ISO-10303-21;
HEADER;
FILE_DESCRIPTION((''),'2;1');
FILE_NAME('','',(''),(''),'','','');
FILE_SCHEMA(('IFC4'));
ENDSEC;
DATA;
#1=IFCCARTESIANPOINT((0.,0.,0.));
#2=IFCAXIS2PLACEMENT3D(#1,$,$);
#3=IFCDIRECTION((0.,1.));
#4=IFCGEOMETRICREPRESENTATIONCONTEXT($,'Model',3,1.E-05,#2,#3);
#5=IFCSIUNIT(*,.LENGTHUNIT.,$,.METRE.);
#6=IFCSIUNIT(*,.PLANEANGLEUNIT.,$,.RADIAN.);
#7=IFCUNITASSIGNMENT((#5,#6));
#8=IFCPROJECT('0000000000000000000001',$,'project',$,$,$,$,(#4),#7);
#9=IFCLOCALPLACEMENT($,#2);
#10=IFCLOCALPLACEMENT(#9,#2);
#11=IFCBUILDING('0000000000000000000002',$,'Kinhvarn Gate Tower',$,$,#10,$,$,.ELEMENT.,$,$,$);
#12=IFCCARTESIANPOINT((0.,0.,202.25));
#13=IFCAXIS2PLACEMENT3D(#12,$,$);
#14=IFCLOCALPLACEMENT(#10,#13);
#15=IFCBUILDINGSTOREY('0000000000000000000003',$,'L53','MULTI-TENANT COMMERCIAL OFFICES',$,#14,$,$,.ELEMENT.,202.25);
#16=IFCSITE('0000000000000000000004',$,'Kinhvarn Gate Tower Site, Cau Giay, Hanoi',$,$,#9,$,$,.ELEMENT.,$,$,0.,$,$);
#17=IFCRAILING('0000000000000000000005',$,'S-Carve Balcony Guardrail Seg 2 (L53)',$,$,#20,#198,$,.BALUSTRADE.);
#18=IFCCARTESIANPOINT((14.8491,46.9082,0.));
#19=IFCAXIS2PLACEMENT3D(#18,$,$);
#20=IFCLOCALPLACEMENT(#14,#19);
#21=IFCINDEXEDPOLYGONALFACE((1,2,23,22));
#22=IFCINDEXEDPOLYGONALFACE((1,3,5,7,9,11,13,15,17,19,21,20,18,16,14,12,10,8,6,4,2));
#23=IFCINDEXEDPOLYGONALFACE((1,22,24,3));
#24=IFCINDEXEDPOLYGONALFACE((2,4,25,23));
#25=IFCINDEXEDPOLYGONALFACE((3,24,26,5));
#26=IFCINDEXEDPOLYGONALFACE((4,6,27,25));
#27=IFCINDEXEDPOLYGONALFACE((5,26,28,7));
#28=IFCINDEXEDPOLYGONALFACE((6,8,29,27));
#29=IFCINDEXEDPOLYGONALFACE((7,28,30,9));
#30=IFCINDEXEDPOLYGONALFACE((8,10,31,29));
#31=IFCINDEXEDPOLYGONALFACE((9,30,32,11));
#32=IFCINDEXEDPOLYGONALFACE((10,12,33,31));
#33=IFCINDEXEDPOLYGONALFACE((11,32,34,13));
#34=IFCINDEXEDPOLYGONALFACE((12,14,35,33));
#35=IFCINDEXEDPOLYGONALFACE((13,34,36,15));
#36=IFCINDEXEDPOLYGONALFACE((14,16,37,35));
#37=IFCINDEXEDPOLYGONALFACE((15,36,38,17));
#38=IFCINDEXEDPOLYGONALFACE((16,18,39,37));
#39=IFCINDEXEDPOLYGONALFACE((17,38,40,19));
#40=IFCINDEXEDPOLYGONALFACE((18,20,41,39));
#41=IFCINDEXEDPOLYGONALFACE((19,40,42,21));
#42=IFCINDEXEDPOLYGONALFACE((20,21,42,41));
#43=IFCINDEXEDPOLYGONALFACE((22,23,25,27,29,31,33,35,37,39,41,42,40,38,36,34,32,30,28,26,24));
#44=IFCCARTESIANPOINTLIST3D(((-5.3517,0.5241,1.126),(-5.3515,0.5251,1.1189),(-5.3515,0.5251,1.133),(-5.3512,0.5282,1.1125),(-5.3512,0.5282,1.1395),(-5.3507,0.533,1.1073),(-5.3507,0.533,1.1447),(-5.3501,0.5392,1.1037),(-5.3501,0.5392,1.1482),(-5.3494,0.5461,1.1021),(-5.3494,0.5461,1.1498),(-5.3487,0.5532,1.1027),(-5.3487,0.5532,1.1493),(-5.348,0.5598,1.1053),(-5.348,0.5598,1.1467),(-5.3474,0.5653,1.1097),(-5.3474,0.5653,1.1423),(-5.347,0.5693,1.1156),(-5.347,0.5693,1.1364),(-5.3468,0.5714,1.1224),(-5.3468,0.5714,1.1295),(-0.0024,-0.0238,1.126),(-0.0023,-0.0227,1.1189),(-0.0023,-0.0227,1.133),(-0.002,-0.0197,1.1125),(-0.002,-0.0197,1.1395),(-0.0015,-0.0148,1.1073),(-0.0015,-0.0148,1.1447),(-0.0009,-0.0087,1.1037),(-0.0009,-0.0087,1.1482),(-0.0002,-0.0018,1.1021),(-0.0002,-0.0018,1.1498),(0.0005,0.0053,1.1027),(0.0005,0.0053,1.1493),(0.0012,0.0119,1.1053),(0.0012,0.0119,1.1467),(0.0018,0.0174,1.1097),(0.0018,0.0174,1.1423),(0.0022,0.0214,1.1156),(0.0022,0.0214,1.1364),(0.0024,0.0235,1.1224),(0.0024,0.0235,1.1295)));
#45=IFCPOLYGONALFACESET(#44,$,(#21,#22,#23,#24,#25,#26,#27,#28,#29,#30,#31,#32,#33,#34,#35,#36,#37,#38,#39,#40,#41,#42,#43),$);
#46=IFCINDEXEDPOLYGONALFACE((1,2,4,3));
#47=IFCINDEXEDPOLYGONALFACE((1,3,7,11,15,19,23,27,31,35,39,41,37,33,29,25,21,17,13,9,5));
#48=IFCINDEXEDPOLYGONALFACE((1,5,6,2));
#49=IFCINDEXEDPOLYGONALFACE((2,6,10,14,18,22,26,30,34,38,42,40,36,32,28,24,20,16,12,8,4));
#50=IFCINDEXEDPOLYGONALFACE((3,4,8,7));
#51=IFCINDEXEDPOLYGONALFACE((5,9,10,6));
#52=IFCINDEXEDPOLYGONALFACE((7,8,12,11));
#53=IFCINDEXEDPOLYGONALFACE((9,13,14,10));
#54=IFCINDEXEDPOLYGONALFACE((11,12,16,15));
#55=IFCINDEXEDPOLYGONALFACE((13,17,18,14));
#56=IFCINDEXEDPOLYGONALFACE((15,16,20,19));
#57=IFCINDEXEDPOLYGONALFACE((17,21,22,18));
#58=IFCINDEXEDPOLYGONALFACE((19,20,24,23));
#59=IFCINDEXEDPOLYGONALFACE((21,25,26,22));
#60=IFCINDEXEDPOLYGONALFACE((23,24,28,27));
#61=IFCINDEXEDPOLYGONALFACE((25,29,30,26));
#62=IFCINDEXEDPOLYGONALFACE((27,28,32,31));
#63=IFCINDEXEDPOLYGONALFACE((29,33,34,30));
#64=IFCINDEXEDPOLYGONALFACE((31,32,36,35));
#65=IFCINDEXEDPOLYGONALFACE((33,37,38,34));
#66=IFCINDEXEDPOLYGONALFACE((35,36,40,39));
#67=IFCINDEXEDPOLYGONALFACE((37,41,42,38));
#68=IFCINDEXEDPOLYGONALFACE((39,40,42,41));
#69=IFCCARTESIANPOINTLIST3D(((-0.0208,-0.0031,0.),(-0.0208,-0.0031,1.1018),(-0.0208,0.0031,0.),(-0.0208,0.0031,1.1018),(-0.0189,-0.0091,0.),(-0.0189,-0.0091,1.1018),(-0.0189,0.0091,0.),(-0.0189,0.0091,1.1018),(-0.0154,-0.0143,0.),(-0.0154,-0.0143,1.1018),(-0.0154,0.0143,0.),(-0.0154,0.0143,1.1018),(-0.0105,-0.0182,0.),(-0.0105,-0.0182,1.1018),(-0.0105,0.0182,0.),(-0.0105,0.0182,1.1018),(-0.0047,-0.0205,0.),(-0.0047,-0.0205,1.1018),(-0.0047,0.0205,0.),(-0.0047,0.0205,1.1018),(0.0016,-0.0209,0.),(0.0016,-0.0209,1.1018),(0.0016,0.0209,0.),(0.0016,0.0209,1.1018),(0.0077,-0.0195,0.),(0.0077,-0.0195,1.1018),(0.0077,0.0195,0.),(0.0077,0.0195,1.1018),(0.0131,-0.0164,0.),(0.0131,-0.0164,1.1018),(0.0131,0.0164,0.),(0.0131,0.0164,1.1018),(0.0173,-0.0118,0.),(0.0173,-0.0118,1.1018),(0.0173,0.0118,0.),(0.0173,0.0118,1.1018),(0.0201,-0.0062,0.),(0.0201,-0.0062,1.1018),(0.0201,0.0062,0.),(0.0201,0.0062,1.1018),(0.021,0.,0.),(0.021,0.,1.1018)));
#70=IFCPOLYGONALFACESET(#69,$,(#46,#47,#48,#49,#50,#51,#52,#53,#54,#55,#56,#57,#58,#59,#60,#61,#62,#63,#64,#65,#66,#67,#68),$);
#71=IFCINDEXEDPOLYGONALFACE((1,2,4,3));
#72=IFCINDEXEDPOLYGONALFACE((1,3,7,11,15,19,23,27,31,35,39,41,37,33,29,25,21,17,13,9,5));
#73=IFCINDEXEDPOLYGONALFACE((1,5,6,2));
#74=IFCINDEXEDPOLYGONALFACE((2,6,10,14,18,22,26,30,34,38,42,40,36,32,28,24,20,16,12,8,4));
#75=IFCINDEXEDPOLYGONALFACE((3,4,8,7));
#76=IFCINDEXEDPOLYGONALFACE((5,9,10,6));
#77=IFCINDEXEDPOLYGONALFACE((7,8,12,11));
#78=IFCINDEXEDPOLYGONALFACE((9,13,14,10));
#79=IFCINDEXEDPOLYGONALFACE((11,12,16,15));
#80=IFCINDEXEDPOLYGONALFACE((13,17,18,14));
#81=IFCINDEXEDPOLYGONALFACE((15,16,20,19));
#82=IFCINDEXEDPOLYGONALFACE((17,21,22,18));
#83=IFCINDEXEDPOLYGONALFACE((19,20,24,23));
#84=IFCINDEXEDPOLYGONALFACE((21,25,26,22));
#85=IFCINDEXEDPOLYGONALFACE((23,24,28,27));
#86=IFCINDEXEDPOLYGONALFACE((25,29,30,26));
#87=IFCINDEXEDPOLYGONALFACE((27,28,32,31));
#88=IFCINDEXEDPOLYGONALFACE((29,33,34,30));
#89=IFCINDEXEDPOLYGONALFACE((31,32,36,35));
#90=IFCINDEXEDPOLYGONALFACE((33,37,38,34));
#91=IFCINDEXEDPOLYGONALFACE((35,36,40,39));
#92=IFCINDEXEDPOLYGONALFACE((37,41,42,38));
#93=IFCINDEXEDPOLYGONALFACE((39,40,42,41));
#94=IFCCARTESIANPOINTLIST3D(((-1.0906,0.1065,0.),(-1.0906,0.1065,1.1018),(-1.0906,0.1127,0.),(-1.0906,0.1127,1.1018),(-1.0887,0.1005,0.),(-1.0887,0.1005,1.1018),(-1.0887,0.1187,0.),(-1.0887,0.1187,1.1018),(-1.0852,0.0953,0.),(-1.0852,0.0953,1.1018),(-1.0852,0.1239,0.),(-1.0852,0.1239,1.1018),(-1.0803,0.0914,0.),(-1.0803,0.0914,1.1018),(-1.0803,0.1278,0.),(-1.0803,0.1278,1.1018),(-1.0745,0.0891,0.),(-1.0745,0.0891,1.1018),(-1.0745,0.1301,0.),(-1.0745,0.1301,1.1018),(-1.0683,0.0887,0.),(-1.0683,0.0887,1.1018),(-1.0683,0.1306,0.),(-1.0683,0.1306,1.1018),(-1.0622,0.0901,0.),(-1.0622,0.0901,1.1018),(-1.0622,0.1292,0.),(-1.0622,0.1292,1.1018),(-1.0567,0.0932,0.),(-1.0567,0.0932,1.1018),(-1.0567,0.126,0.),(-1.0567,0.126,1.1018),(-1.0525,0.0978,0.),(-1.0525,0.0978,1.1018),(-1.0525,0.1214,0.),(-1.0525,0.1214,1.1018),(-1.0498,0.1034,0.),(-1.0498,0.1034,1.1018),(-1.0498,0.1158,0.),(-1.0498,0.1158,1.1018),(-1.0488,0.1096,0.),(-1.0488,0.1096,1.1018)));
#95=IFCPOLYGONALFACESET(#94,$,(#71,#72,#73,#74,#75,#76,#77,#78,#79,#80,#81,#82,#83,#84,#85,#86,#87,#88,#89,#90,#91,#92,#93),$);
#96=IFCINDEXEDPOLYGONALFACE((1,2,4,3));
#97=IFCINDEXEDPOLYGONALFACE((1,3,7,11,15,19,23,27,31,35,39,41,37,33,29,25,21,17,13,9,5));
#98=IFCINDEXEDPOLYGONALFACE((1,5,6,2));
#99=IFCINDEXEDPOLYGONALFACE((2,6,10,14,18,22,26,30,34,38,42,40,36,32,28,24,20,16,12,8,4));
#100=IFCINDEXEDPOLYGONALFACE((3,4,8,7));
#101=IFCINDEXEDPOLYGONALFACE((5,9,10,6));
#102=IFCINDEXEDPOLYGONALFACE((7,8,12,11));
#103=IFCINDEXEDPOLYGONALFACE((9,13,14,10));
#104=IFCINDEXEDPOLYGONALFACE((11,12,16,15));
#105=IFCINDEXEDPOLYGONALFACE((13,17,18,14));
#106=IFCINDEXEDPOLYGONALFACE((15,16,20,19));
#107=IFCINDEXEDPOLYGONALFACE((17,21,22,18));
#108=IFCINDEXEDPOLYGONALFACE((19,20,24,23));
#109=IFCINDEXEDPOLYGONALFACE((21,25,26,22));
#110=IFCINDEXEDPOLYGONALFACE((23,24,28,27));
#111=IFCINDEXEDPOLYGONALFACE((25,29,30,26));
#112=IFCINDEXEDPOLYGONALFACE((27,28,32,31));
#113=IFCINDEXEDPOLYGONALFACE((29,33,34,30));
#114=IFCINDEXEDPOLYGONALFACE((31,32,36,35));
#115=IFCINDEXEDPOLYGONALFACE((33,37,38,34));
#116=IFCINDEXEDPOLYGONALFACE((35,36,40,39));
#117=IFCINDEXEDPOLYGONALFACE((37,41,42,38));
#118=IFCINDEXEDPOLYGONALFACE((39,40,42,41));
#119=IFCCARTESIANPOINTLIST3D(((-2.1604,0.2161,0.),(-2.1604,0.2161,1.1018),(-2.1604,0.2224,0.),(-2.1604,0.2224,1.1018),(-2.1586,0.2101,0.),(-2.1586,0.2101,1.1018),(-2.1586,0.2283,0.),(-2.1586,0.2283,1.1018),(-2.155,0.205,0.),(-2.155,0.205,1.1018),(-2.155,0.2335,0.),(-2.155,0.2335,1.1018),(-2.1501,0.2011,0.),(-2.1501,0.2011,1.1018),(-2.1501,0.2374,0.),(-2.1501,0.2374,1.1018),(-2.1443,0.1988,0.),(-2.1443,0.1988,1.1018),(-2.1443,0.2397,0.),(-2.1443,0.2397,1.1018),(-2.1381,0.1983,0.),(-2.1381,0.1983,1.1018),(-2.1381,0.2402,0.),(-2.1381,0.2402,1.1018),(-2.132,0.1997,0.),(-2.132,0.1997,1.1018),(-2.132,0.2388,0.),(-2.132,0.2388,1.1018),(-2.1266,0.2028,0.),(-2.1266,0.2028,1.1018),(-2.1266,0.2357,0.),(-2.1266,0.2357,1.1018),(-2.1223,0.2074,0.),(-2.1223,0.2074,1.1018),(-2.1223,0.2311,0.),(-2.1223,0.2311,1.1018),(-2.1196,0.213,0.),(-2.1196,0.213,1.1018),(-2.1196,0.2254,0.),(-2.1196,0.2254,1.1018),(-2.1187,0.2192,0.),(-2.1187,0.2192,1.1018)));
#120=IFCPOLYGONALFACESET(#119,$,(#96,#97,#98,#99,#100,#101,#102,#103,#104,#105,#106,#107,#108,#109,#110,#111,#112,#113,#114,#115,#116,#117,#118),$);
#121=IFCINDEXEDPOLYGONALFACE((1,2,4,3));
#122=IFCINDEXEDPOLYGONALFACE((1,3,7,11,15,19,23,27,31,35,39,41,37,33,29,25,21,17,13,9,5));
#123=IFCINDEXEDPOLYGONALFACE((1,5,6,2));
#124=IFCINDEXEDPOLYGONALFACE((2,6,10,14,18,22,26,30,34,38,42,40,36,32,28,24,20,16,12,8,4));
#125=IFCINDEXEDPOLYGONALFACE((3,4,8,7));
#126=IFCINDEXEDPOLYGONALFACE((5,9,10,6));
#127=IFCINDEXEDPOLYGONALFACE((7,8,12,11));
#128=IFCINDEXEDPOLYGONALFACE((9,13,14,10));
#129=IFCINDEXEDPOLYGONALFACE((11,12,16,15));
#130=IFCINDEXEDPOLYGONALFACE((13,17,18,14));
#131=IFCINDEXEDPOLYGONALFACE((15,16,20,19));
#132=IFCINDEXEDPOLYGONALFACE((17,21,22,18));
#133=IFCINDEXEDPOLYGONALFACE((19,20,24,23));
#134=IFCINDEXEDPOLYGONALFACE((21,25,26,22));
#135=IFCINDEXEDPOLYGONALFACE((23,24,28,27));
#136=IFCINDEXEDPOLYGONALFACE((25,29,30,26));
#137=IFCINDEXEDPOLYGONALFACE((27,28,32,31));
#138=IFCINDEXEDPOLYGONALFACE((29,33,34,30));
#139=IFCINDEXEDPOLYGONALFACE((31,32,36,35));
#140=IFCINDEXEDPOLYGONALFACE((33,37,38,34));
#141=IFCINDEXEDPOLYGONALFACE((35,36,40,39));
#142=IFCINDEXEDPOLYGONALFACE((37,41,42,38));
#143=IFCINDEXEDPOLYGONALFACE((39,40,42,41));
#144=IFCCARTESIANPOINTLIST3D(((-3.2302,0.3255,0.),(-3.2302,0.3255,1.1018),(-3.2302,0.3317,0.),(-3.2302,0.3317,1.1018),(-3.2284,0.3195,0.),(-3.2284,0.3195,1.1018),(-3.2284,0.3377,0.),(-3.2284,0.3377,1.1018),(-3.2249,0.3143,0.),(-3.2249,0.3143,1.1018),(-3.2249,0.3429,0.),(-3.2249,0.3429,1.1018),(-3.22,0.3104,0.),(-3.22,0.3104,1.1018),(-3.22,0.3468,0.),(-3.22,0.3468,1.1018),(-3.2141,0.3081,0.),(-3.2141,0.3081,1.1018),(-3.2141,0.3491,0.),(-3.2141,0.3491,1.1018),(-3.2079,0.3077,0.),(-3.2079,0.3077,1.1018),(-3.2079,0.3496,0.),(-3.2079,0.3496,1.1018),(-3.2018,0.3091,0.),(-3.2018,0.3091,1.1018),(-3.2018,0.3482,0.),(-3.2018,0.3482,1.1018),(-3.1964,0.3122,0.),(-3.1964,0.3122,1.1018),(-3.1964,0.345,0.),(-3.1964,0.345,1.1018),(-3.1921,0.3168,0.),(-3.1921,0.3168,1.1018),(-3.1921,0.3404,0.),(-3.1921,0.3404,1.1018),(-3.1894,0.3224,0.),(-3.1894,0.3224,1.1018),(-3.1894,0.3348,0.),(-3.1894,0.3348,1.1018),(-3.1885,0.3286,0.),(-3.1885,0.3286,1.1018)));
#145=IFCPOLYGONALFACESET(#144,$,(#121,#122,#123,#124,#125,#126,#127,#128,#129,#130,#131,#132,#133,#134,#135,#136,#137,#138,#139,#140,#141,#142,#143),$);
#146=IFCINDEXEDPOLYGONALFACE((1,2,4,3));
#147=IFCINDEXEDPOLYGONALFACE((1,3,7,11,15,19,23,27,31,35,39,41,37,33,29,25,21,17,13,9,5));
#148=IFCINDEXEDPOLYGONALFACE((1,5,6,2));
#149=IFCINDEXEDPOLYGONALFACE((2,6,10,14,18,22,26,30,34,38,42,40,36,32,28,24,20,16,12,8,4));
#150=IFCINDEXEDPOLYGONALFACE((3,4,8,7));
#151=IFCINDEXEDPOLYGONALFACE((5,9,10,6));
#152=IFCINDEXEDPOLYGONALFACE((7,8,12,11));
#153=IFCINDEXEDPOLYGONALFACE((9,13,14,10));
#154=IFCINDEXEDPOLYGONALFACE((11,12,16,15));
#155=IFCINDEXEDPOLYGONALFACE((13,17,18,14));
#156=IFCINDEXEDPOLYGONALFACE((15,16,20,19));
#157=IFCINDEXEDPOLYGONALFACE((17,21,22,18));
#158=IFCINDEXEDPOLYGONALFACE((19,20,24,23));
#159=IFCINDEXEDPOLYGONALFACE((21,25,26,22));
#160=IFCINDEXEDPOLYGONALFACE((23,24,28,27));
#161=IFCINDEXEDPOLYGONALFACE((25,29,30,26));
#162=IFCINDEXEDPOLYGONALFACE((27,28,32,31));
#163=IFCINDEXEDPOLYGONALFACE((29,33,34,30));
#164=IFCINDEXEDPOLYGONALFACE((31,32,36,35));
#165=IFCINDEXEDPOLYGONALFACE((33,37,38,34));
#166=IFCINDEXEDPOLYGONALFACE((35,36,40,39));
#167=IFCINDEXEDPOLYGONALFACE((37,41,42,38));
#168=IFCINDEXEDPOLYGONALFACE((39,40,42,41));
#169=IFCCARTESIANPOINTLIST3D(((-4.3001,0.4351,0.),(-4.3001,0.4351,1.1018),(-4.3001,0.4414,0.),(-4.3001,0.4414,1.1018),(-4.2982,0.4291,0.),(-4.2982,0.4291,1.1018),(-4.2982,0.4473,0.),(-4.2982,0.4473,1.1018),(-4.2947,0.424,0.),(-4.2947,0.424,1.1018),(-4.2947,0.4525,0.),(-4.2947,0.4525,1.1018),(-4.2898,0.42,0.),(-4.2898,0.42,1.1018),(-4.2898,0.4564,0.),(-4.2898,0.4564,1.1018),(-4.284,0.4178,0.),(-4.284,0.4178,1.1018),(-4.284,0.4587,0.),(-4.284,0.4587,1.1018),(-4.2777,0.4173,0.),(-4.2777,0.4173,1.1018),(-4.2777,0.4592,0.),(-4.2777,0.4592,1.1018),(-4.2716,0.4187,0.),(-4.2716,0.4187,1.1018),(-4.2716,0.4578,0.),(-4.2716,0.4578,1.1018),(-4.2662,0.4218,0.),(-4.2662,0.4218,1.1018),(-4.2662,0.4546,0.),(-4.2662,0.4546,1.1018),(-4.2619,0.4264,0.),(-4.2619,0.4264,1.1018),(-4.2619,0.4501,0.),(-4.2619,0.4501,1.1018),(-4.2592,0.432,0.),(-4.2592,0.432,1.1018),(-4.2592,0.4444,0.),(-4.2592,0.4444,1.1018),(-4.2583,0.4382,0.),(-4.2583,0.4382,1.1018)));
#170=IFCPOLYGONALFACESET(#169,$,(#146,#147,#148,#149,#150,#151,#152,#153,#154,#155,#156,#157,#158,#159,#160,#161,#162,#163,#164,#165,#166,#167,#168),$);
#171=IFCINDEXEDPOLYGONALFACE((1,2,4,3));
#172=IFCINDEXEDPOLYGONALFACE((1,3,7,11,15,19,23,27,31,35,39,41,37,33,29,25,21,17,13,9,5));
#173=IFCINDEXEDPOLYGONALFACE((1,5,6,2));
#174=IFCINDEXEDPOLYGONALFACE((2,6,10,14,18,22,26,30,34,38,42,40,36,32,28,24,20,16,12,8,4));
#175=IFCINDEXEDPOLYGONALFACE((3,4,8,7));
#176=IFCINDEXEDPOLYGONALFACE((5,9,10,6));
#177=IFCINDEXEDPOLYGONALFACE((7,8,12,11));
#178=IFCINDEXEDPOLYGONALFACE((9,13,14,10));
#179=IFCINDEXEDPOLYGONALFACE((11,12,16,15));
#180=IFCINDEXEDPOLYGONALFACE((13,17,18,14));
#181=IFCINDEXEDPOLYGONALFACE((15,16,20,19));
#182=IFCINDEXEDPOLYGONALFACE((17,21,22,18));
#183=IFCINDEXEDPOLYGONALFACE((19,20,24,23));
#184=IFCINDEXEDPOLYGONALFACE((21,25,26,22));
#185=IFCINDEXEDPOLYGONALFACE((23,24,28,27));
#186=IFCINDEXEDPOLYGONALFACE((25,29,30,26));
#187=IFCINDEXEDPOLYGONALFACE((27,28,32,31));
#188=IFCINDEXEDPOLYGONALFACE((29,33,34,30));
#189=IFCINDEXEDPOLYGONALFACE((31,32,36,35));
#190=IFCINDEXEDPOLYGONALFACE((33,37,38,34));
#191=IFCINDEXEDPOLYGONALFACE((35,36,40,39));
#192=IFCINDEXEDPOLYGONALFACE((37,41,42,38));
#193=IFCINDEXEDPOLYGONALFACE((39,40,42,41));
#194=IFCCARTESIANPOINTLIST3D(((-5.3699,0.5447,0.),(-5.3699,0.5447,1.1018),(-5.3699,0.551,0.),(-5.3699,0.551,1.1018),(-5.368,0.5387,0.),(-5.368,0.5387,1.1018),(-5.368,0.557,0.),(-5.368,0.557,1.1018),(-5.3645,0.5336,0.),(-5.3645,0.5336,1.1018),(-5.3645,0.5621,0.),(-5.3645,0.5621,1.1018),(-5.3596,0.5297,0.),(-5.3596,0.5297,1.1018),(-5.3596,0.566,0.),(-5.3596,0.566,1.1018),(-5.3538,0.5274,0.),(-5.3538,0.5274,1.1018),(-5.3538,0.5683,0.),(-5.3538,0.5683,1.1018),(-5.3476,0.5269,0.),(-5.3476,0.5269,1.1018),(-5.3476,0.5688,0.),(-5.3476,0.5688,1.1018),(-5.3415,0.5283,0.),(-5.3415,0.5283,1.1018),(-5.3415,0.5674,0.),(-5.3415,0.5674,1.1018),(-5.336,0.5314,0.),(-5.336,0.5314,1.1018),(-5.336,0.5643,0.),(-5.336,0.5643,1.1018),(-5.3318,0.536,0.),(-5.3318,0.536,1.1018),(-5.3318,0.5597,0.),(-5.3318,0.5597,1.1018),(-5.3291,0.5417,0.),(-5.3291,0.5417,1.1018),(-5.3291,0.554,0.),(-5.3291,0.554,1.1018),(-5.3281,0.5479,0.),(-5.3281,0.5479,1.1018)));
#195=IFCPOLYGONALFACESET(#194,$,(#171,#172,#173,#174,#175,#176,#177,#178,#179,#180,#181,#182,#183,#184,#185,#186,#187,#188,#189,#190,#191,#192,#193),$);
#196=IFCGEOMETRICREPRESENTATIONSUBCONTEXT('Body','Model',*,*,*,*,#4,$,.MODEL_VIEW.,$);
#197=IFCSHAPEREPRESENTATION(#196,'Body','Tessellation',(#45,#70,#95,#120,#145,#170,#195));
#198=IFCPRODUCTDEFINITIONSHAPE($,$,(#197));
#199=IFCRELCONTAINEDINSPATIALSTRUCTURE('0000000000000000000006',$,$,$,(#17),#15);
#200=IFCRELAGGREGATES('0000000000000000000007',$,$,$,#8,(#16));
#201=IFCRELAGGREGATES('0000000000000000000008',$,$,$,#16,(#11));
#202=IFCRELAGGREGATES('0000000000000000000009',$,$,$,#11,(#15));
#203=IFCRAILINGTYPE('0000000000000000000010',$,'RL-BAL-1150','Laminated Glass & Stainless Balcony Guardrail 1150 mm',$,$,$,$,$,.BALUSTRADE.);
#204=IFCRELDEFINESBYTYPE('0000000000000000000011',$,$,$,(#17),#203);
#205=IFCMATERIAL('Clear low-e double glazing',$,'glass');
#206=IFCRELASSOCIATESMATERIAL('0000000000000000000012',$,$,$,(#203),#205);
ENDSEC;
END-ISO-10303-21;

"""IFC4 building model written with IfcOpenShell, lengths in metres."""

from ifc_helpers import new_model, si_unit, direction, frame, origin, origin_2d, place, context, subcontext, project, spatial, circle, extrude, material, type_object, element, save


model = new_model("IFC4")

# Units and contexts
model_context = context("Model", 3, precision=1e-05, world=origin(), true_north=direction((0.0, 1.0)))
body_context = subcontext(model_context, "Body", "Model", "MODEL_VIEW")
ifc_project = project(units=[si_unit("LENGTHUNIT", "METRE"), si_unit("PLANEANGLEUNIT", "RADIAN")], contexts=[model_context])

# Site, building, storey
site_placement = place(None, origin())
site = spatial("IfcSite", under=ifc_project, at=site_placement, Name="Kinhvarn Gate Tower Site, Cau Giay, Hanoi", CompositionType="ELEMENT", RefElevation=0.0)
building_placement = place(site_placement, origin())
building = spatial("IfcBuilding", under=site, at=building_placement, Name="Kinhvarn Gate Tower", CompositionType="ELEMENT")
storey_placement = place(building_placement, frame((0.0, 0.0, 202.25)))
storey = spatial("IfcBuildingStorey", under=building, at=storey_placement, Name="L53", Description="MULTI-TENANT COMMERCIAL OFFICES", CompositionType="ELEMENT", Elevation=202.25)

# Shared definitions
ifc_material_1 = material(Name="Clear low-e double glazing", Category="glass")

# Railing
railing_type_1 = type_object("IfcRailingType", Name="RL-BAL-1150", Description="Laminated Glass & Stainless Balcony Guardrail 1150 mm", PredefinedType="BALUSTRADE", material=ifc_material_1)
railing_1_placement = place(storey_placement, frame((14.8491, 46.9082, 0.0)))
element("IfcRailing", 1, at=railing_1_placement, inside=storey, type_object=railing_type_1, Name="S-Carve Balcony Guardrail Seg 2 (L53)", PredefinedType="BALUSTRADE", context=body_context, shape_type="SweptSolid", body=[
    extrude(circle(Radius=0.0239, at=origin_2d()), frame((0.0, 0.0, 1.126), z_axis=(-0.994796, 0.101886, 0.0), x_axis=(-0.101886, -0.994796, 0.0)), (0.0, 0.0, 1.0), 5.3772),
    extrude(circle(Radius=0.021, at=origin_2d()), origin(), (0.0, 0.0, 1.0), 1.1018),
    extrude(circle(Radius=0.021, at=origin_2d()), frame((-1.0698, 0.1096, 0.0)), (0.0, 0.0, 1.0), 1.1018),
    extrude(circle(Radius=0.021, at=origin_2d()), frame((-2.1396, 0.2192, 0.0)), (0.0, 0.0, 1.0), 1.1018),
    extrude(circle(Radius=0.021, at=origin_2d()), frame((-3.2095, 0.3286, 0.0)), (0.0, 0.0, 1.0), 1.1018),
    extrude(circle(Radius=0.021, at=origin_2d()), frame((-4.2793, 0.4382, 0.0)), (0.0, 0.0, 1.0), 1.1018),
    extrude(circle(Radius=0.021, at=origin_2d()), frame((-5.3491, 0.5479, 0.0)), (0.0, 0.0, 1.0), 1.1018),
])

save(model, "model.ifc")
